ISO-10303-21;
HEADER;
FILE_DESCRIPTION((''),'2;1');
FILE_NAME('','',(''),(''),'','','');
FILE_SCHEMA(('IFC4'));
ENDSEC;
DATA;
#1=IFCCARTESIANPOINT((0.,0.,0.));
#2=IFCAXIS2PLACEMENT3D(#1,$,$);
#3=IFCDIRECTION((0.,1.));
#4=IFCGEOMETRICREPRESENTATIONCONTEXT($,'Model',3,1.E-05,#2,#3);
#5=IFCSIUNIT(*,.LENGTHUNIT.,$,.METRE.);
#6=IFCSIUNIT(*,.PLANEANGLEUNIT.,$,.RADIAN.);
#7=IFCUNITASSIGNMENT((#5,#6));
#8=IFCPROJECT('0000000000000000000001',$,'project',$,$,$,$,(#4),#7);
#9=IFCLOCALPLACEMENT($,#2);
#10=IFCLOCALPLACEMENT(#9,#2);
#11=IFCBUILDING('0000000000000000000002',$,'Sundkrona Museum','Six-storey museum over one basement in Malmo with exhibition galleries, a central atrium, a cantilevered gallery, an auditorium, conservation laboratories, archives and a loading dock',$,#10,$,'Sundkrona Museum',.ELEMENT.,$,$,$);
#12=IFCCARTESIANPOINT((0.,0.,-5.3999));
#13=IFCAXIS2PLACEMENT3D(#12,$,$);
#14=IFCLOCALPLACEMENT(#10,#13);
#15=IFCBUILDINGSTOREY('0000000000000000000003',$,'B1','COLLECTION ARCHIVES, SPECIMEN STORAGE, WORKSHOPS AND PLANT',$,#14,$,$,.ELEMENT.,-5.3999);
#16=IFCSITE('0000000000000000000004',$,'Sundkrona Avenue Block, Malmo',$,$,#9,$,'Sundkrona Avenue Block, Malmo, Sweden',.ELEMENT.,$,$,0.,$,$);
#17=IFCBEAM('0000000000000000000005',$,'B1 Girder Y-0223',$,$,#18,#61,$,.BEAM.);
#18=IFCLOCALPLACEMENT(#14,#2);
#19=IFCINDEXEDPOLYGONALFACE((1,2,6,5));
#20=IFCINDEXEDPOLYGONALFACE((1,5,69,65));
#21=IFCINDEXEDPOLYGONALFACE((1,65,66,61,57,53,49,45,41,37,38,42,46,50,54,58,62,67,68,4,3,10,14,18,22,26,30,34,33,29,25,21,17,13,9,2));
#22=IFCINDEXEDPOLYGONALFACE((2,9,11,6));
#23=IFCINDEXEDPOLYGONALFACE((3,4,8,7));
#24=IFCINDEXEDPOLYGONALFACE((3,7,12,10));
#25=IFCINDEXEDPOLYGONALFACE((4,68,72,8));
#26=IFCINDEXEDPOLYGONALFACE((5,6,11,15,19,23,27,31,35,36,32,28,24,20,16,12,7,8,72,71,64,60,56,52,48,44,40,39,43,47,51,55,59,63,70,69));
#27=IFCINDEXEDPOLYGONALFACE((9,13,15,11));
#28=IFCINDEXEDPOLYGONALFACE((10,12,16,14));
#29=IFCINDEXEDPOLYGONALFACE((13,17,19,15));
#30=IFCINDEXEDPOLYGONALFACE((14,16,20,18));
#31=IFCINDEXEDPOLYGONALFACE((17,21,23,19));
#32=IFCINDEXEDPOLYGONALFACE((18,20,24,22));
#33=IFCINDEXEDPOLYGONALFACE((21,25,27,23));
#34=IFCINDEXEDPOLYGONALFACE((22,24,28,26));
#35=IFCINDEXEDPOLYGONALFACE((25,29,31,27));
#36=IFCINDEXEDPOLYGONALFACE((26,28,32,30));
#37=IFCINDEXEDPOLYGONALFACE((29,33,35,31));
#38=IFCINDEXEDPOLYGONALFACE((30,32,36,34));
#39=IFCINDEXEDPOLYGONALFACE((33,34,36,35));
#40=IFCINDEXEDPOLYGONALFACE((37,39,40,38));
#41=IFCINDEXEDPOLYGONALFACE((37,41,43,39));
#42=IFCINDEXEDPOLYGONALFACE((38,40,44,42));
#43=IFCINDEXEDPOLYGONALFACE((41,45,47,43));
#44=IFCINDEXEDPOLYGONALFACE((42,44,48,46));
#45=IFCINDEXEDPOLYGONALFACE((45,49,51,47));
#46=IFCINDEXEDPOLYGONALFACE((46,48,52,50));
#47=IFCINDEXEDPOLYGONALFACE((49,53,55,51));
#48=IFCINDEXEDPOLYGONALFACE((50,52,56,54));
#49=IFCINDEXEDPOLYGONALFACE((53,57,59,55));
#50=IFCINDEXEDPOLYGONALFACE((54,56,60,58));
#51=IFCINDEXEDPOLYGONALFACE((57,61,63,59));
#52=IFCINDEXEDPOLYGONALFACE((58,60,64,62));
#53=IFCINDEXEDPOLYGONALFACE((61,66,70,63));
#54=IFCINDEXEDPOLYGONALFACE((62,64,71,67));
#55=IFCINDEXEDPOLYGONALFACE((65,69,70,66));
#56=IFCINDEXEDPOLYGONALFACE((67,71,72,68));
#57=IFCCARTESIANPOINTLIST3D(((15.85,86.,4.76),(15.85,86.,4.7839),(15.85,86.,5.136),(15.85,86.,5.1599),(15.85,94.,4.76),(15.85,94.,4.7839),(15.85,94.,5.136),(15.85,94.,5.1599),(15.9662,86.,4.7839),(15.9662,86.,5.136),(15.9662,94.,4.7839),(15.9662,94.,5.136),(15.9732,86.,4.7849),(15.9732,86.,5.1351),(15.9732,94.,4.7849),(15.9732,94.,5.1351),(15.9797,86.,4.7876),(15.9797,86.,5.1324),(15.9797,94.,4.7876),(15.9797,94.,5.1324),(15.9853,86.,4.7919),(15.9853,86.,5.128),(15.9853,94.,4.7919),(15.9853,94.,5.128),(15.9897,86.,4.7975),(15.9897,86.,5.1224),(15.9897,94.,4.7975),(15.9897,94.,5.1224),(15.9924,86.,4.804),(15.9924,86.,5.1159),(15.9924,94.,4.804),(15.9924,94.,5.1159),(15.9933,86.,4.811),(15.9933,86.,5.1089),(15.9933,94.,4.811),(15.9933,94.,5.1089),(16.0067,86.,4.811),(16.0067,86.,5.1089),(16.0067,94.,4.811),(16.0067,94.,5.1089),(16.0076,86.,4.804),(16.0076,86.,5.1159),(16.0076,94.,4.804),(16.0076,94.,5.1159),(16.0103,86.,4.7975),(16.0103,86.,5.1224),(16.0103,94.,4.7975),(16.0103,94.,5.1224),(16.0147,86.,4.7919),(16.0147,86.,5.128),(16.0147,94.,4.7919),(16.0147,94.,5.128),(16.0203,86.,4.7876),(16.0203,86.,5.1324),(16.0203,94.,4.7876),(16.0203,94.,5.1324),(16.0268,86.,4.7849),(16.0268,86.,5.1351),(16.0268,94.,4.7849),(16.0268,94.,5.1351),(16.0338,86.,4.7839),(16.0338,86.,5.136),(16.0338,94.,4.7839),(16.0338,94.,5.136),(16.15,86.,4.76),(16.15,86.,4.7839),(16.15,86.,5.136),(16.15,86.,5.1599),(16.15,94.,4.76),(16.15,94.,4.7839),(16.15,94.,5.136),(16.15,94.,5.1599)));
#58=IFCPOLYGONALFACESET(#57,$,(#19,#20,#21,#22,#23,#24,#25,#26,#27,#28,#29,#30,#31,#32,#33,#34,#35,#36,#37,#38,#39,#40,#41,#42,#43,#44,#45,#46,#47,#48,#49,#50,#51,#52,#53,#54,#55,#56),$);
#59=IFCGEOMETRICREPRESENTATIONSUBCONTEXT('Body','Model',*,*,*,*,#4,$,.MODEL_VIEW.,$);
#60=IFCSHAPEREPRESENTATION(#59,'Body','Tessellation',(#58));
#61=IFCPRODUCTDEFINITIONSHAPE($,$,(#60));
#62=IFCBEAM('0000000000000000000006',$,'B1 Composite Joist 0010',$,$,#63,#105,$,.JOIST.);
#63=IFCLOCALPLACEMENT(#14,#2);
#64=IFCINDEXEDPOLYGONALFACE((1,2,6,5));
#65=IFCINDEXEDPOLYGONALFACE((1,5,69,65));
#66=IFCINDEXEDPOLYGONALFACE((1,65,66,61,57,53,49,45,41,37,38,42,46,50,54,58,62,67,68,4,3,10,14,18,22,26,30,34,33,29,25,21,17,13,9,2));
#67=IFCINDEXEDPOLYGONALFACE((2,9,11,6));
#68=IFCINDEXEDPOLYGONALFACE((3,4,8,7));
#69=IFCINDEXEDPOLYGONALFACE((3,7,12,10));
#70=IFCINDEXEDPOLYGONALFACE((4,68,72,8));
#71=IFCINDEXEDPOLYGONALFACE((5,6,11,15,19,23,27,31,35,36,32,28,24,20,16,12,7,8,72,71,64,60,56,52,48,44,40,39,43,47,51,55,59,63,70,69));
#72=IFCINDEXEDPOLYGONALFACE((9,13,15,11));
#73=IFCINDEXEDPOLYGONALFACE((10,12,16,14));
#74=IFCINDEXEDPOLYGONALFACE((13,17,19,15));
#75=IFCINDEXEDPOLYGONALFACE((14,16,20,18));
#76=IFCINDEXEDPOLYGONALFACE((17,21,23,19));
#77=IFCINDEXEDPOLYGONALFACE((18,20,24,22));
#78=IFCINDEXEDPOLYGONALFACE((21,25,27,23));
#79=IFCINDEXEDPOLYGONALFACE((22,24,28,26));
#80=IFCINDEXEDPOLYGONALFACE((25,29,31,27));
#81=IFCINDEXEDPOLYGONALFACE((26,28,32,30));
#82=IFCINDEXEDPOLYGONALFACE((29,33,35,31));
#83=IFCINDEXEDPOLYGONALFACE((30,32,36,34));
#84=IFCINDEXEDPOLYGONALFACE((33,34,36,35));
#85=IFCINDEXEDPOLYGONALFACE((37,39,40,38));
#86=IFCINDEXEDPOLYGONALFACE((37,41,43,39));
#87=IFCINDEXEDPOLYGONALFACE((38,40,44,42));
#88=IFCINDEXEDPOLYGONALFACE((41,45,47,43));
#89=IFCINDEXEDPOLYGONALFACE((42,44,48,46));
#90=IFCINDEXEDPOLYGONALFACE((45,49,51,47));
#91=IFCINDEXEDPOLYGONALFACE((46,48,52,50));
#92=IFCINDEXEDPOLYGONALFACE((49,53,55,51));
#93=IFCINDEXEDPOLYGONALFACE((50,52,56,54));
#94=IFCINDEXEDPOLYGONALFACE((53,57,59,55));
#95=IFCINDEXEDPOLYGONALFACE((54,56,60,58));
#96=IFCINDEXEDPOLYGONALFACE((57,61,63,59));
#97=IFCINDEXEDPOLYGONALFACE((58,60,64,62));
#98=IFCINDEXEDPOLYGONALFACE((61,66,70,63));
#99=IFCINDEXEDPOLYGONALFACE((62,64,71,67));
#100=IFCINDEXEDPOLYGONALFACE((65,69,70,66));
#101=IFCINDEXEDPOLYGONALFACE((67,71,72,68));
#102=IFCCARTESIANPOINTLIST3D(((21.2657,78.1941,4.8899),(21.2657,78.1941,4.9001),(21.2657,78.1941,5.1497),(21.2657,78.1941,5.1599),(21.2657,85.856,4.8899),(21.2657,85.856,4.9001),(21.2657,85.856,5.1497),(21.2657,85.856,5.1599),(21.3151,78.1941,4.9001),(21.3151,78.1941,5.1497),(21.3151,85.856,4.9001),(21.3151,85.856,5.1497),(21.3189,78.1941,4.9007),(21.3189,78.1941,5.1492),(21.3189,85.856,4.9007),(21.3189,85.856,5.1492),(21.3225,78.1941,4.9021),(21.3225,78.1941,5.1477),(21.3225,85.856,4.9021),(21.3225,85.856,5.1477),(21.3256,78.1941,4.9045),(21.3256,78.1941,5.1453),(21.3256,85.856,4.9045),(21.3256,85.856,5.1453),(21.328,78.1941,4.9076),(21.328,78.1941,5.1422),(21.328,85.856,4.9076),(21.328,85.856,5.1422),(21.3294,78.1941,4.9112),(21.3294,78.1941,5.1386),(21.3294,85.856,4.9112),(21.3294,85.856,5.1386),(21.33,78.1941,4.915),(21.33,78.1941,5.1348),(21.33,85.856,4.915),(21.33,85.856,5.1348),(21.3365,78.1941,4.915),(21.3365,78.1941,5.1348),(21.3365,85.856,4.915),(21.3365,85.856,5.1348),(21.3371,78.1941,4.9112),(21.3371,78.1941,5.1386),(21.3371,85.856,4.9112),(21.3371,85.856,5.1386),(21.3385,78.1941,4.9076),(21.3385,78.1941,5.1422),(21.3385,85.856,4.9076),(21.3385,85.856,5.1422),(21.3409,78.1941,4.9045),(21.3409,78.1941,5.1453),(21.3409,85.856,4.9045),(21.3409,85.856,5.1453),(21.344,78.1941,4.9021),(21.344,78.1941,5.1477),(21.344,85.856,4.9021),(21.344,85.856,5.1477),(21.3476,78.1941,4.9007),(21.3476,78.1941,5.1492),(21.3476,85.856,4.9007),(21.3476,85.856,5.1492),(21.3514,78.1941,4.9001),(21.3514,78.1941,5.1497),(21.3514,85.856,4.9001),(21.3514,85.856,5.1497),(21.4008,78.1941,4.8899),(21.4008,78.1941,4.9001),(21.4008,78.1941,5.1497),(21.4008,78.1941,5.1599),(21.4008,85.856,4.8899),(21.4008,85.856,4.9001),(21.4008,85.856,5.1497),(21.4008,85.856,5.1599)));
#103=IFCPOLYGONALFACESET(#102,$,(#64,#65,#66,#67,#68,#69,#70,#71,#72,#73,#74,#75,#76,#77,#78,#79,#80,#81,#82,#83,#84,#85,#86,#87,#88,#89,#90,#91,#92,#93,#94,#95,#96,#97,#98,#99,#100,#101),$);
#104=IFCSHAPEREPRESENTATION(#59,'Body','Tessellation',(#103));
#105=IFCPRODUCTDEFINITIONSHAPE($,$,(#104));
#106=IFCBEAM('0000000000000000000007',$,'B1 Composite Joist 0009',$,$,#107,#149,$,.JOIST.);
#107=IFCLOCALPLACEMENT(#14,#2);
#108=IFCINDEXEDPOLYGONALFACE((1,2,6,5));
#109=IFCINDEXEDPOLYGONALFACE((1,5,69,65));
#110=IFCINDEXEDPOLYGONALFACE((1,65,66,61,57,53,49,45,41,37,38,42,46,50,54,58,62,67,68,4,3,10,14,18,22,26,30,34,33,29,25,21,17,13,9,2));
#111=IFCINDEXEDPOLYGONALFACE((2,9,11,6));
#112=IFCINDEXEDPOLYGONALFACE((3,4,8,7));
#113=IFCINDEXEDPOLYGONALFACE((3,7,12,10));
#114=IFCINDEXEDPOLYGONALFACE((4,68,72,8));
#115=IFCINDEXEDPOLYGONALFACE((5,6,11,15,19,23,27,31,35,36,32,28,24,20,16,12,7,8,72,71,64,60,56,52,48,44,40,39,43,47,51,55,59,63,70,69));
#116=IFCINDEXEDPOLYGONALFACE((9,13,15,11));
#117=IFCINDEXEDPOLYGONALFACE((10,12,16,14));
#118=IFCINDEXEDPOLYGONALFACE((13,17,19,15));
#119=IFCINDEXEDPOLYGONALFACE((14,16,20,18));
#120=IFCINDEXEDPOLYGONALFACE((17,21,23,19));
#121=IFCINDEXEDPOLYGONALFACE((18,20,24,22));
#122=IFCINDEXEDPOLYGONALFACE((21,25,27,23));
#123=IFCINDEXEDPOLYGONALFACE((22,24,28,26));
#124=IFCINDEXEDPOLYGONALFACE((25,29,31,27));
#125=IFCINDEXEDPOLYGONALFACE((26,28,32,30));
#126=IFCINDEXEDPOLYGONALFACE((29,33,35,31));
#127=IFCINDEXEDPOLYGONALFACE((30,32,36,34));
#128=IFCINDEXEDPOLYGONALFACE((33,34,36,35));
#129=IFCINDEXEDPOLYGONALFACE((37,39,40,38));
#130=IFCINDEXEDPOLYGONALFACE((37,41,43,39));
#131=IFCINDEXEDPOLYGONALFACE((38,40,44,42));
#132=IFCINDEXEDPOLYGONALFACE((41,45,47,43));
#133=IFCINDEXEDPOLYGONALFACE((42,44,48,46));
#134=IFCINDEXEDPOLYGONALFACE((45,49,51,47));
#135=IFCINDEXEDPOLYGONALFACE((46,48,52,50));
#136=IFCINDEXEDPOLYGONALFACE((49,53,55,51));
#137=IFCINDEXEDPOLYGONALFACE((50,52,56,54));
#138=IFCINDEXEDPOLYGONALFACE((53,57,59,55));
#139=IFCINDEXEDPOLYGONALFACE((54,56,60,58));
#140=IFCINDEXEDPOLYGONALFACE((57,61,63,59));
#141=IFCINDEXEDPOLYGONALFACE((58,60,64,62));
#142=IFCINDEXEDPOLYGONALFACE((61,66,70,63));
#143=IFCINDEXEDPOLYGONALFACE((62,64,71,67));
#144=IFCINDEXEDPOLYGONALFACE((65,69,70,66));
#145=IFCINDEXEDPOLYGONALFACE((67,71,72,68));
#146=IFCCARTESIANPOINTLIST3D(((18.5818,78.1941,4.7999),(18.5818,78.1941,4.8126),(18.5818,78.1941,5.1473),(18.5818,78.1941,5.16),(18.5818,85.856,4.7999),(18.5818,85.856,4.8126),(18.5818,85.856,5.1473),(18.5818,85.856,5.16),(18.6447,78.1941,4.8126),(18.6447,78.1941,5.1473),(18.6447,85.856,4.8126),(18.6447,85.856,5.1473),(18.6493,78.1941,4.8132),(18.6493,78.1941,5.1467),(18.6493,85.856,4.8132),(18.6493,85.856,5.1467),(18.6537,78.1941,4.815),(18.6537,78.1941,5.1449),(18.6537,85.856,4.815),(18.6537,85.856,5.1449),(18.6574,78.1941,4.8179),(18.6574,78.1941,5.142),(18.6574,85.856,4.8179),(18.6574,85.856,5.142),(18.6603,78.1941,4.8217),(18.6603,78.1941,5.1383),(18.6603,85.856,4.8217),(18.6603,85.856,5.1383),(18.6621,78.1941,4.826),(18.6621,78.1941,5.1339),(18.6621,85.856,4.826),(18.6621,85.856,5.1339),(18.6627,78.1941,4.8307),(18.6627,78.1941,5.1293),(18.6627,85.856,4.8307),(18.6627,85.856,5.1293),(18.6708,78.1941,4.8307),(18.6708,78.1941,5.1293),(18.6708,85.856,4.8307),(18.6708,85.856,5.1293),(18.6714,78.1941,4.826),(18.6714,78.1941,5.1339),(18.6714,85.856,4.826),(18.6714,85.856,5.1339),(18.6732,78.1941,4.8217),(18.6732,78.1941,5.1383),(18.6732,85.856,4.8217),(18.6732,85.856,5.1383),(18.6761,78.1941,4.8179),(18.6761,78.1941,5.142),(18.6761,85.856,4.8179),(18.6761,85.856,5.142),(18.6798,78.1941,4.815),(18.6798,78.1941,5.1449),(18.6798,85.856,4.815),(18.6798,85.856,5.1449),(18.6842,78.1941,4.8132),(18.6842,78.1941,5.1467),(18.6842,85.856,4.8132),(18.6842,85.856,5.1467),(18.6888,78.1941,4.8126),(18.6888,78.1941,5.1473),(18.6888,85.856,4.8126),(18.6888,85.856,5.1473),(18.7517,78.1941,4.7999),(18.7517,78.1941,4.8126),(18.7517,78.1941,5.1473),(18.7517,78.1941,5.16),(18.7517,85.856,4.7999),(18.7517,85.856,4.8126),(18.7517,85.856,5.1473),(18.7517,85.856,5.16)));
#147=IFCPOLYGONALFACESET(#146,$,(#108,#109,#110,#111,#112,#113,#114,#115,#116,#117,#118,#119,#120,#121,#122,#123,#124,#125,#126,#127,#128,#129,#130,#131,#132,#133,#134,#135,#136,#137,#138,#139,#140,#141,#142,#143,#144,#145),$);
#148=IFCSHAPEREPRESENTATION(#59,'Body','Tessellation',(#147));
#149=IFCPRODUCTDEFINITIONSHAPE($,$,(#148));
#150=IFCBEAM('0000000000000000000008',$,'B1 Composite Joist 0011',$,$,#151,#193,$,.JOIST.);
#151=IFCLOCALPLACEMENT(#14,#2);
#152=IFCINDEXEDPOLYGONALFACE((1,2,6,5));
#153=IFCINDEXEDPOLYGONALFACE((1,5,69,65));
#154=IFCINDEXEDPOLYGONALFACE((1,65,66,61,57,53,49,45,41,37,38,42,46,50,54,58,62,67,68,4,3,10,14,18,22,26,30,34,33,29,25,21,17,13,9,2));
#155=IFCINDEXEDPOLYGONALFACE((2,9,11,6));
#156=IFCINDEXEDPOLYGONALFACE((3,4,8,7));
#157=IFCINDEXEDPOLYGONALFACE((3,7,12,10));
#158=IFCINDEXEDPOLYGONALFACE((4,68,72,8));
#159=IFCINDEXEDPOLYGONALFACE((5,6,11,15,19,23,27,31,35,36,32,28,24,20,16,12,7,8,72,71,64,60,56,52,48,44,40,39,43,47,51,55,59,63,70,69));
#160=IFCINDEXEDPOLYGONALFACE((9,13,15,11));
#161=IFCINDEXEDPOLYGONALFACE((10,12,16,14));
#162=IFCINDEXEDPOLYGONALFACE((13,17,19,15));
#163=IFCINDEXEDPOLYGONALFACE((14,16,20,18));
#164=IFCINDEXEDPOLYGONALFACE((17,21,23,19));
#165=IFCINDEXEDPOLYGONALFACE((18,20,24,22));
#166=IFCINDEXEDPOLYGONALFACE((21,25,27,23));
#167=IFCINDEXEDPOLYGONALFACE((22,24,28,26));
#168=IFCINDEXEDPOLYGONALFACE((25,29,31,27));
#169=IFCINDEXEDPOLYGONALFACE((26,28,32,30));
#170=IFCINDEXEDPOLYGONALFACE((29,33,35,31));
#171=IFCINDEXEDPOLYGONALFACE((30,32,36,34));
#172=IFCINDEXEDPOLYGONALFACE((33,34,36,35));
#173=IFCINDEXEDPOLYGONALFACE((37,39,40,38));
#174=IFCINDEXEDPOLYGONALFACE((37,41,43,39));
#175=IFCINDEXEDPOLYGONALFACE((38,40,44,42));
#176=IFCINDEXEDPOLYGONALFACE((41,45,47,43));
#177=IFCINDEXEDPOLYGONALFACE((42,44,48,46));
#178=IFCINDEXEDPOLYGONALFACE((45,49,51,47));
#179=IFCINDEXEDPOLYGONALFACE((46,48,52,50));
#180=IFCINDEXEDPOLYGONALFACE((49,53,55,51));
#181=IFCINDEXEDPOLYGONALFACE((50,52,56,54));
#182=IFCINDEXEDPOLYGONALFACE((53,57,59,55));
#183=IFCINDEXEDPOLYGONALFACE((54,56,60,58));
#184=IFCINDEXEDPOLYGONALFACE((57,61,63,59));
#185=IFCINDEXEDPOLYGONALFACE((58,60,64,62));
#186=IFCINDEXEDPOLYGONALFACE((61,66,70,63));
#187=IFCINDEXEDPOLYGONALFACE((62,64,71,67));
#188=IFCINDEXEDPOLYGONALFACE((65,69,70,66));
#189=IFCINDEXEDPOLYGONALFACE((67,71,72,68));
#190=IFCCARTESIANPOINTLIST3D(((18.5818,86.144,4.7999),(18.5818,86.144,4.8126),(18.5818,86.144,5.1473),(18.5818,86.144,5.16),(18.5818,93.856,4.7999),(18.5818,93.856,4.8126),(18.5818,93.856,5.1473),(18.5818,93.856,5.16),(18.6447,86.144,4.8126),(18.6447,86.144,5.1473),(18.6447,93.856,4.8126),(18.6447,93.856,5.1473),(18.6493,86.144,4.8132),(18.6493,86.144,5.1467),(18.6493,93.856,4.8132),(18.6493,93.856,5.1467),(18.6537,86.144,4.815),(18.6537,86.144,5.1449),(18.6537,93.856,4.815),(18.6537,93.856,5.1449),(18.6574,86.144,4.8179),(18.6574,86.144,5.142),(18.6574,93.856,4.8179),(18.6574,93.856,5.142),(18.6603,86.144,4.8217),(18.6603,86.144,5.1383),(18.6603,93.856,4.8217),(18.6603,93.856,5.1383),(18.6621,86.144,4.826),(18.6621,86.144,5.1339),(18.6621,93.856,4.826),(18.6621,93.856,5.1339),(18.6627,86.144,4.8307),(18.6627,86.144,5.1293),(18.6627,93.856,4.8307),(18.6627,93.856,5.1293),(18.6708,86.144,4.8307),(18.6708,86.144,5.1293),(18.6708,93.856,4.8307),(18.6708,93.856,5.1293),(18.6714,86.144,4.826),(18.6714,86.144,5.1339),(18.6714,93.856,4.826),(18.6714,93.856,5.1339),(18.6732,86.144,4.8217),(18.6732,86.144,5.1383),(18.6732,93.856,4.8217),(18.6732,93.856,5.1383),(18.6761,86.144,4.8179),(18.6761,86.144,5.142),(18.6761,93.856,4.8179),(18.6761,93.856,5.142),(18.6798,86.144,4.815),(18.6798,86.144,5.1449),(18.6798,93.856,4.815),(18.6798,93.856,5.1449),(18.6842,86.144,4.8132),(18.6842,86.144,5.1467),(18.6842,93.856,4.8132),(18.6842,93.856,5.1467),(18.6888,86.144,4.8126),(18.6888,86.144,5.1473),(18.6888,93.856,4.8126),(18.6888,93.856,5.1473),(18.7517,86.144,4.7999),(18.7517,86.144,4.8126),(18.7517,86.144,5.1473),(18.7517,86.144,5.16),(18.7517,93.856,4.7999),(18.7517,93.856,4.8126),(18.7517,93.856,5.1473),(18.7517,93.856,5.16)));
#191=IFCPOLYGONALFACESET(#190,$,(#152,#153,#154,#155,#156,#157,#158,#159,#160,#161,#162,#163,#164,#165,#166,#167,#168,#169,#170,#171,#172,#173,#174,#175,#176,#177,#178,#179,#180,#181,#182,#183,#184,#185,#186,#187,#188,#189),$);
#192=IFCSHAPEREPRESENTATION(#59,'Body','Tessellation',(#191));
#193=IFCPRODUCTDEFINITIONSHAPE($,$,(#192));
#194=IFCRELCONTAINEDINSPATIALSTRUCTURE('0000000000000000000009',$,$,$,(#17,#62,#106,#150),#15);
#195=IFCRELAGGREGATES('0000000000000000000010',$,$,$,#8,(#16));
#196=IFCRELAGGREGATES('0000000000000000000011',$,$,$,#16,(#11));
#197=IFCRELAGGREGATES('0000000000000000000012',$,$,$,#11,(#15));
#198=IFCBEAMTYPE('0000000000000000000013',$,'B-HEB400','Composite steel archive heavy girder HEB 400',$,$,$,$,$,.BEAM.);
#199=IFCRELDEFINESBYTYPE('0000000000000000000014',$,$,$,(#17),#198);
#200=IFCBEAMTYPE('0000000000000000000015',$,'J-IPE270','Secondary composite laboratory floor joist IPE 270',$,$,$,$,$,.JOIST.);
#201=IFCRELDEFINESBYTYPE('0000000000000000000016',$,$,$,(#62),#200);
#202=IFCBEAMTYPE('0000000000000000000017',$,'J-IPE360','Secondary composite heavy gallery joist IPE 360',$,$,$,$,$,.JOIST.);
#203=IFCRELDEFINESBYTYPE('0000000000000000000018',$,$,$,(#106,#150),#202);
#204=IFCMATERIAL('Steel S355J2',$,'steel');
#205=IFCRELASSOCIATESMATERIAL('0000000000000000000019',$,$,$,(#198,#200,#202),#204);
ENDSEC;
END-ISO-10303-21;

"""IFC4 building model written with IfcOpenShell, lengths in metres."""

from ifc_helpers import new_model, si_unit, direction, frame, origin, origin_2d, place, context, subcontext, project, spatial, i_section, extrude, material, material_profile, profile_set, type_object, element, save


model = new_model("IFC4")

# Units and contexts
model_context = context("Model", 3, precision=1e-05, world=origin(), true_north=direction((0.0, 1.0)))
body_context = subcontext(model_context, "Body", "Model", "MODEL_VIEW")
ifc_project = project(units=[si_unit("LENGTHUNIT", "METRE"), si_unit("PLANEANGLEUNIT", "RADIAN")], contexts=[model_context])

# Site, building, storey
site_placement = place(None, origin())
site = spatial("IfcSite", under=ifc_project, at=site_placement, Name="Sundkrona Avenue Block, Malmo", LongName="Sundkrona Avenue Block, Malmo, Sweden", CompositionType="ELEMENT", RefElevation=0.0)
building_placement = place(site_placement, origin())
building = spatial("IfcBuilding", under=site, at=building_placement, Name="Sundkrona Museum", Description="Six-storey museum over one basement in Malmo with exhibition galleries, a central atrium, a cantilevered gallery, an auditorium, conservation laboratories, archives and a loading dock", LongName="Sundkrona Museum", CompositionType="ELEMENT")
storey_placement = place(building_placement, frame((0.0, 0.0, -5.3999)))
storey = spatial("IfcBuildingStorey", under=building, at=storey_placement, Name="B1", Description="COLLECTION ARCHIVES, SPECIMEN STORAGE, WORKSHOPS AND PLANT", CompositionType="ELEMENT", Elevation=-5.3999)

# Beams
ifc_material_1 = material(Name="Steel S355J2", Category="steel")
ifc_material_profile_1 = material_profile(ifc_material_1, i_section(OverallWidth=0.3, OverallDepth=0.3999, WebThickness=0.0134, FlangeThickness=0.0239, FilletRadius=0.0271, at=origin_2d()), Name="HEB 400")
ifc_profile_set_1 = profile_set([ifc_material_profile_1], Name="Steel S355J2")
beam_type_1 = type_object("IfcBeamType", Name="B-HEB400", Description="Composite steel archive heavy girder HEB 400", PredefinedType="BEAM", material=ifc_profile_set_1)
for number, where, z_axis, x_axis, name in (
    (1, (16.0, 86.0, 4.96), (0.0, 1.0, 0.0), (-1.0, 0.0, 0.0), "B1 Girder Y-0223"),
):
    element("IfcBeam", number, at=place(storey_placement, frame(where, z_axis=z_axis, x_axis=x_axis)), inside=storey, type_object=beam_type_1, Name=name, PredefinedType="BEAM", context=body_context, shape_type="SweptSolid", body=[
        extrude(i_section(OverallWidth=0.3, OverallDepth=0.3999, WebThickness=0.0134, FlangeThickness=0.0239, FilletRadius=0.0271, at=origin_2d()), origin(), (0.0, 0.0, 1.0), 8.0),
    ])
ifc_material_profile_2 = material_profile(ifc_material_1, i_section(OverallWidth=0.135, OverallDepth=0.27, WebThickness=0.0066, FlangeThickness=0.0103, FilletRadius=0.0149, at=origin_2d()), Name="IPE 270")
ifc_profile_set_2 = profile_set([ifc_material_profile_2], Name="Steel S355J2")
beam_type_2 = type_object("IfcBeamType", Name="J-IPE270", Description="Secondary composite laboratory floor joist IPE 270", PredefinedType="JOIST", material=ifc_profile_set_2)
beam_1_placement = place(storey_placement, frame((21.3333, 78.1941, 5.0249), z_axis=(0.0, 1.0, 0.0), x_axis=(-1.0, 0.0, 0.0)))
element("IfcBeam", 2, at=beam_1_placement, inside=storey, type_object=beam_type_2, Name="B1 Composite Joist 0010", PredefinedType="JOIST", context=body_context, shape_type="SweptSolid", body=[
    extrude(i_section(OverallWidth=0.135, OverallDepth=0.27, WebThickness=0.0066, FlangeThickness=0.0103, FilletRadius=0.0149, at=origin_2d()), origin(), (0.0, 0.0, 1.0), 7.6619),
])
ifc_material_profile_3 = material_profile(ifc_material_1, i_section(OverallWidth=0.1699, OverallDepth=0.3601, WebThickness=0.0081, FlangeThickness=0.0127, FilletRadius=0.0181, at=origin_2d()), Name="IPE 360")
ifc_profile_set_3 = profile_set([ifc_material_profile_3], Name="Steel S355J2")
beam_type_3 = type_object("IfcBeamType", Name="J-IPE360", Description="Secondary composite heavy gallery joist IPE 360", PredefinedType="JOIST", material=ifc_profile_set_3)
beam_2_placement = place(storey_placement, frame((18.6667, 78.1941, 4.98), z_axis=(0.0, 1.0, 0.0), x_axis=(-1.0, 0.0, 0.0)))
element("IfcBeam", 3, at=beam_2_placement, inside=storey, type_object=beam_type_3, Name="B1 Composite Joist 0009", PredefinedType="JOIST", context=body_context, shape_type="SweptSolid", body=[
    extrude(i_section(OverallWidth=0.1699, OverallDepth=0.3601, WebThickness=0.0081, FlangeThickness=0.0127, FilletRadius=0.0181, at=origin_2d()), origin(), (0.0, 0.0, 1.0), 7.6619),
])
for number, where, z_axis, x_axis, name in (
    (4, (18.6667, 86.144, 4.98), (0.0, 1.0, 0.0), (-1.0, 0.0, 0.0), "B1 Composite Joist 0011"),
):
    element("IfcBeam", number, at=place(storey_placement, frame(where, z_axis=z_axis, x_axis=x_axis)), inside=storey, type_object=beam_type_3, Name=name, PredefinedType="JOIST", context=body_context, shape_type="SweptSolid", body=[
        extrude(i_section(OverallWidth=0.1699, OverallDepth=0.3601, WebThickness=0.0081, FlangeThickness=0.0127, FilletRadius=0.0181, at=origin_2d()), origin(), (0.0, 0.0, 1.0), 7.7119),
    ])

save(model, "model.ifc")
